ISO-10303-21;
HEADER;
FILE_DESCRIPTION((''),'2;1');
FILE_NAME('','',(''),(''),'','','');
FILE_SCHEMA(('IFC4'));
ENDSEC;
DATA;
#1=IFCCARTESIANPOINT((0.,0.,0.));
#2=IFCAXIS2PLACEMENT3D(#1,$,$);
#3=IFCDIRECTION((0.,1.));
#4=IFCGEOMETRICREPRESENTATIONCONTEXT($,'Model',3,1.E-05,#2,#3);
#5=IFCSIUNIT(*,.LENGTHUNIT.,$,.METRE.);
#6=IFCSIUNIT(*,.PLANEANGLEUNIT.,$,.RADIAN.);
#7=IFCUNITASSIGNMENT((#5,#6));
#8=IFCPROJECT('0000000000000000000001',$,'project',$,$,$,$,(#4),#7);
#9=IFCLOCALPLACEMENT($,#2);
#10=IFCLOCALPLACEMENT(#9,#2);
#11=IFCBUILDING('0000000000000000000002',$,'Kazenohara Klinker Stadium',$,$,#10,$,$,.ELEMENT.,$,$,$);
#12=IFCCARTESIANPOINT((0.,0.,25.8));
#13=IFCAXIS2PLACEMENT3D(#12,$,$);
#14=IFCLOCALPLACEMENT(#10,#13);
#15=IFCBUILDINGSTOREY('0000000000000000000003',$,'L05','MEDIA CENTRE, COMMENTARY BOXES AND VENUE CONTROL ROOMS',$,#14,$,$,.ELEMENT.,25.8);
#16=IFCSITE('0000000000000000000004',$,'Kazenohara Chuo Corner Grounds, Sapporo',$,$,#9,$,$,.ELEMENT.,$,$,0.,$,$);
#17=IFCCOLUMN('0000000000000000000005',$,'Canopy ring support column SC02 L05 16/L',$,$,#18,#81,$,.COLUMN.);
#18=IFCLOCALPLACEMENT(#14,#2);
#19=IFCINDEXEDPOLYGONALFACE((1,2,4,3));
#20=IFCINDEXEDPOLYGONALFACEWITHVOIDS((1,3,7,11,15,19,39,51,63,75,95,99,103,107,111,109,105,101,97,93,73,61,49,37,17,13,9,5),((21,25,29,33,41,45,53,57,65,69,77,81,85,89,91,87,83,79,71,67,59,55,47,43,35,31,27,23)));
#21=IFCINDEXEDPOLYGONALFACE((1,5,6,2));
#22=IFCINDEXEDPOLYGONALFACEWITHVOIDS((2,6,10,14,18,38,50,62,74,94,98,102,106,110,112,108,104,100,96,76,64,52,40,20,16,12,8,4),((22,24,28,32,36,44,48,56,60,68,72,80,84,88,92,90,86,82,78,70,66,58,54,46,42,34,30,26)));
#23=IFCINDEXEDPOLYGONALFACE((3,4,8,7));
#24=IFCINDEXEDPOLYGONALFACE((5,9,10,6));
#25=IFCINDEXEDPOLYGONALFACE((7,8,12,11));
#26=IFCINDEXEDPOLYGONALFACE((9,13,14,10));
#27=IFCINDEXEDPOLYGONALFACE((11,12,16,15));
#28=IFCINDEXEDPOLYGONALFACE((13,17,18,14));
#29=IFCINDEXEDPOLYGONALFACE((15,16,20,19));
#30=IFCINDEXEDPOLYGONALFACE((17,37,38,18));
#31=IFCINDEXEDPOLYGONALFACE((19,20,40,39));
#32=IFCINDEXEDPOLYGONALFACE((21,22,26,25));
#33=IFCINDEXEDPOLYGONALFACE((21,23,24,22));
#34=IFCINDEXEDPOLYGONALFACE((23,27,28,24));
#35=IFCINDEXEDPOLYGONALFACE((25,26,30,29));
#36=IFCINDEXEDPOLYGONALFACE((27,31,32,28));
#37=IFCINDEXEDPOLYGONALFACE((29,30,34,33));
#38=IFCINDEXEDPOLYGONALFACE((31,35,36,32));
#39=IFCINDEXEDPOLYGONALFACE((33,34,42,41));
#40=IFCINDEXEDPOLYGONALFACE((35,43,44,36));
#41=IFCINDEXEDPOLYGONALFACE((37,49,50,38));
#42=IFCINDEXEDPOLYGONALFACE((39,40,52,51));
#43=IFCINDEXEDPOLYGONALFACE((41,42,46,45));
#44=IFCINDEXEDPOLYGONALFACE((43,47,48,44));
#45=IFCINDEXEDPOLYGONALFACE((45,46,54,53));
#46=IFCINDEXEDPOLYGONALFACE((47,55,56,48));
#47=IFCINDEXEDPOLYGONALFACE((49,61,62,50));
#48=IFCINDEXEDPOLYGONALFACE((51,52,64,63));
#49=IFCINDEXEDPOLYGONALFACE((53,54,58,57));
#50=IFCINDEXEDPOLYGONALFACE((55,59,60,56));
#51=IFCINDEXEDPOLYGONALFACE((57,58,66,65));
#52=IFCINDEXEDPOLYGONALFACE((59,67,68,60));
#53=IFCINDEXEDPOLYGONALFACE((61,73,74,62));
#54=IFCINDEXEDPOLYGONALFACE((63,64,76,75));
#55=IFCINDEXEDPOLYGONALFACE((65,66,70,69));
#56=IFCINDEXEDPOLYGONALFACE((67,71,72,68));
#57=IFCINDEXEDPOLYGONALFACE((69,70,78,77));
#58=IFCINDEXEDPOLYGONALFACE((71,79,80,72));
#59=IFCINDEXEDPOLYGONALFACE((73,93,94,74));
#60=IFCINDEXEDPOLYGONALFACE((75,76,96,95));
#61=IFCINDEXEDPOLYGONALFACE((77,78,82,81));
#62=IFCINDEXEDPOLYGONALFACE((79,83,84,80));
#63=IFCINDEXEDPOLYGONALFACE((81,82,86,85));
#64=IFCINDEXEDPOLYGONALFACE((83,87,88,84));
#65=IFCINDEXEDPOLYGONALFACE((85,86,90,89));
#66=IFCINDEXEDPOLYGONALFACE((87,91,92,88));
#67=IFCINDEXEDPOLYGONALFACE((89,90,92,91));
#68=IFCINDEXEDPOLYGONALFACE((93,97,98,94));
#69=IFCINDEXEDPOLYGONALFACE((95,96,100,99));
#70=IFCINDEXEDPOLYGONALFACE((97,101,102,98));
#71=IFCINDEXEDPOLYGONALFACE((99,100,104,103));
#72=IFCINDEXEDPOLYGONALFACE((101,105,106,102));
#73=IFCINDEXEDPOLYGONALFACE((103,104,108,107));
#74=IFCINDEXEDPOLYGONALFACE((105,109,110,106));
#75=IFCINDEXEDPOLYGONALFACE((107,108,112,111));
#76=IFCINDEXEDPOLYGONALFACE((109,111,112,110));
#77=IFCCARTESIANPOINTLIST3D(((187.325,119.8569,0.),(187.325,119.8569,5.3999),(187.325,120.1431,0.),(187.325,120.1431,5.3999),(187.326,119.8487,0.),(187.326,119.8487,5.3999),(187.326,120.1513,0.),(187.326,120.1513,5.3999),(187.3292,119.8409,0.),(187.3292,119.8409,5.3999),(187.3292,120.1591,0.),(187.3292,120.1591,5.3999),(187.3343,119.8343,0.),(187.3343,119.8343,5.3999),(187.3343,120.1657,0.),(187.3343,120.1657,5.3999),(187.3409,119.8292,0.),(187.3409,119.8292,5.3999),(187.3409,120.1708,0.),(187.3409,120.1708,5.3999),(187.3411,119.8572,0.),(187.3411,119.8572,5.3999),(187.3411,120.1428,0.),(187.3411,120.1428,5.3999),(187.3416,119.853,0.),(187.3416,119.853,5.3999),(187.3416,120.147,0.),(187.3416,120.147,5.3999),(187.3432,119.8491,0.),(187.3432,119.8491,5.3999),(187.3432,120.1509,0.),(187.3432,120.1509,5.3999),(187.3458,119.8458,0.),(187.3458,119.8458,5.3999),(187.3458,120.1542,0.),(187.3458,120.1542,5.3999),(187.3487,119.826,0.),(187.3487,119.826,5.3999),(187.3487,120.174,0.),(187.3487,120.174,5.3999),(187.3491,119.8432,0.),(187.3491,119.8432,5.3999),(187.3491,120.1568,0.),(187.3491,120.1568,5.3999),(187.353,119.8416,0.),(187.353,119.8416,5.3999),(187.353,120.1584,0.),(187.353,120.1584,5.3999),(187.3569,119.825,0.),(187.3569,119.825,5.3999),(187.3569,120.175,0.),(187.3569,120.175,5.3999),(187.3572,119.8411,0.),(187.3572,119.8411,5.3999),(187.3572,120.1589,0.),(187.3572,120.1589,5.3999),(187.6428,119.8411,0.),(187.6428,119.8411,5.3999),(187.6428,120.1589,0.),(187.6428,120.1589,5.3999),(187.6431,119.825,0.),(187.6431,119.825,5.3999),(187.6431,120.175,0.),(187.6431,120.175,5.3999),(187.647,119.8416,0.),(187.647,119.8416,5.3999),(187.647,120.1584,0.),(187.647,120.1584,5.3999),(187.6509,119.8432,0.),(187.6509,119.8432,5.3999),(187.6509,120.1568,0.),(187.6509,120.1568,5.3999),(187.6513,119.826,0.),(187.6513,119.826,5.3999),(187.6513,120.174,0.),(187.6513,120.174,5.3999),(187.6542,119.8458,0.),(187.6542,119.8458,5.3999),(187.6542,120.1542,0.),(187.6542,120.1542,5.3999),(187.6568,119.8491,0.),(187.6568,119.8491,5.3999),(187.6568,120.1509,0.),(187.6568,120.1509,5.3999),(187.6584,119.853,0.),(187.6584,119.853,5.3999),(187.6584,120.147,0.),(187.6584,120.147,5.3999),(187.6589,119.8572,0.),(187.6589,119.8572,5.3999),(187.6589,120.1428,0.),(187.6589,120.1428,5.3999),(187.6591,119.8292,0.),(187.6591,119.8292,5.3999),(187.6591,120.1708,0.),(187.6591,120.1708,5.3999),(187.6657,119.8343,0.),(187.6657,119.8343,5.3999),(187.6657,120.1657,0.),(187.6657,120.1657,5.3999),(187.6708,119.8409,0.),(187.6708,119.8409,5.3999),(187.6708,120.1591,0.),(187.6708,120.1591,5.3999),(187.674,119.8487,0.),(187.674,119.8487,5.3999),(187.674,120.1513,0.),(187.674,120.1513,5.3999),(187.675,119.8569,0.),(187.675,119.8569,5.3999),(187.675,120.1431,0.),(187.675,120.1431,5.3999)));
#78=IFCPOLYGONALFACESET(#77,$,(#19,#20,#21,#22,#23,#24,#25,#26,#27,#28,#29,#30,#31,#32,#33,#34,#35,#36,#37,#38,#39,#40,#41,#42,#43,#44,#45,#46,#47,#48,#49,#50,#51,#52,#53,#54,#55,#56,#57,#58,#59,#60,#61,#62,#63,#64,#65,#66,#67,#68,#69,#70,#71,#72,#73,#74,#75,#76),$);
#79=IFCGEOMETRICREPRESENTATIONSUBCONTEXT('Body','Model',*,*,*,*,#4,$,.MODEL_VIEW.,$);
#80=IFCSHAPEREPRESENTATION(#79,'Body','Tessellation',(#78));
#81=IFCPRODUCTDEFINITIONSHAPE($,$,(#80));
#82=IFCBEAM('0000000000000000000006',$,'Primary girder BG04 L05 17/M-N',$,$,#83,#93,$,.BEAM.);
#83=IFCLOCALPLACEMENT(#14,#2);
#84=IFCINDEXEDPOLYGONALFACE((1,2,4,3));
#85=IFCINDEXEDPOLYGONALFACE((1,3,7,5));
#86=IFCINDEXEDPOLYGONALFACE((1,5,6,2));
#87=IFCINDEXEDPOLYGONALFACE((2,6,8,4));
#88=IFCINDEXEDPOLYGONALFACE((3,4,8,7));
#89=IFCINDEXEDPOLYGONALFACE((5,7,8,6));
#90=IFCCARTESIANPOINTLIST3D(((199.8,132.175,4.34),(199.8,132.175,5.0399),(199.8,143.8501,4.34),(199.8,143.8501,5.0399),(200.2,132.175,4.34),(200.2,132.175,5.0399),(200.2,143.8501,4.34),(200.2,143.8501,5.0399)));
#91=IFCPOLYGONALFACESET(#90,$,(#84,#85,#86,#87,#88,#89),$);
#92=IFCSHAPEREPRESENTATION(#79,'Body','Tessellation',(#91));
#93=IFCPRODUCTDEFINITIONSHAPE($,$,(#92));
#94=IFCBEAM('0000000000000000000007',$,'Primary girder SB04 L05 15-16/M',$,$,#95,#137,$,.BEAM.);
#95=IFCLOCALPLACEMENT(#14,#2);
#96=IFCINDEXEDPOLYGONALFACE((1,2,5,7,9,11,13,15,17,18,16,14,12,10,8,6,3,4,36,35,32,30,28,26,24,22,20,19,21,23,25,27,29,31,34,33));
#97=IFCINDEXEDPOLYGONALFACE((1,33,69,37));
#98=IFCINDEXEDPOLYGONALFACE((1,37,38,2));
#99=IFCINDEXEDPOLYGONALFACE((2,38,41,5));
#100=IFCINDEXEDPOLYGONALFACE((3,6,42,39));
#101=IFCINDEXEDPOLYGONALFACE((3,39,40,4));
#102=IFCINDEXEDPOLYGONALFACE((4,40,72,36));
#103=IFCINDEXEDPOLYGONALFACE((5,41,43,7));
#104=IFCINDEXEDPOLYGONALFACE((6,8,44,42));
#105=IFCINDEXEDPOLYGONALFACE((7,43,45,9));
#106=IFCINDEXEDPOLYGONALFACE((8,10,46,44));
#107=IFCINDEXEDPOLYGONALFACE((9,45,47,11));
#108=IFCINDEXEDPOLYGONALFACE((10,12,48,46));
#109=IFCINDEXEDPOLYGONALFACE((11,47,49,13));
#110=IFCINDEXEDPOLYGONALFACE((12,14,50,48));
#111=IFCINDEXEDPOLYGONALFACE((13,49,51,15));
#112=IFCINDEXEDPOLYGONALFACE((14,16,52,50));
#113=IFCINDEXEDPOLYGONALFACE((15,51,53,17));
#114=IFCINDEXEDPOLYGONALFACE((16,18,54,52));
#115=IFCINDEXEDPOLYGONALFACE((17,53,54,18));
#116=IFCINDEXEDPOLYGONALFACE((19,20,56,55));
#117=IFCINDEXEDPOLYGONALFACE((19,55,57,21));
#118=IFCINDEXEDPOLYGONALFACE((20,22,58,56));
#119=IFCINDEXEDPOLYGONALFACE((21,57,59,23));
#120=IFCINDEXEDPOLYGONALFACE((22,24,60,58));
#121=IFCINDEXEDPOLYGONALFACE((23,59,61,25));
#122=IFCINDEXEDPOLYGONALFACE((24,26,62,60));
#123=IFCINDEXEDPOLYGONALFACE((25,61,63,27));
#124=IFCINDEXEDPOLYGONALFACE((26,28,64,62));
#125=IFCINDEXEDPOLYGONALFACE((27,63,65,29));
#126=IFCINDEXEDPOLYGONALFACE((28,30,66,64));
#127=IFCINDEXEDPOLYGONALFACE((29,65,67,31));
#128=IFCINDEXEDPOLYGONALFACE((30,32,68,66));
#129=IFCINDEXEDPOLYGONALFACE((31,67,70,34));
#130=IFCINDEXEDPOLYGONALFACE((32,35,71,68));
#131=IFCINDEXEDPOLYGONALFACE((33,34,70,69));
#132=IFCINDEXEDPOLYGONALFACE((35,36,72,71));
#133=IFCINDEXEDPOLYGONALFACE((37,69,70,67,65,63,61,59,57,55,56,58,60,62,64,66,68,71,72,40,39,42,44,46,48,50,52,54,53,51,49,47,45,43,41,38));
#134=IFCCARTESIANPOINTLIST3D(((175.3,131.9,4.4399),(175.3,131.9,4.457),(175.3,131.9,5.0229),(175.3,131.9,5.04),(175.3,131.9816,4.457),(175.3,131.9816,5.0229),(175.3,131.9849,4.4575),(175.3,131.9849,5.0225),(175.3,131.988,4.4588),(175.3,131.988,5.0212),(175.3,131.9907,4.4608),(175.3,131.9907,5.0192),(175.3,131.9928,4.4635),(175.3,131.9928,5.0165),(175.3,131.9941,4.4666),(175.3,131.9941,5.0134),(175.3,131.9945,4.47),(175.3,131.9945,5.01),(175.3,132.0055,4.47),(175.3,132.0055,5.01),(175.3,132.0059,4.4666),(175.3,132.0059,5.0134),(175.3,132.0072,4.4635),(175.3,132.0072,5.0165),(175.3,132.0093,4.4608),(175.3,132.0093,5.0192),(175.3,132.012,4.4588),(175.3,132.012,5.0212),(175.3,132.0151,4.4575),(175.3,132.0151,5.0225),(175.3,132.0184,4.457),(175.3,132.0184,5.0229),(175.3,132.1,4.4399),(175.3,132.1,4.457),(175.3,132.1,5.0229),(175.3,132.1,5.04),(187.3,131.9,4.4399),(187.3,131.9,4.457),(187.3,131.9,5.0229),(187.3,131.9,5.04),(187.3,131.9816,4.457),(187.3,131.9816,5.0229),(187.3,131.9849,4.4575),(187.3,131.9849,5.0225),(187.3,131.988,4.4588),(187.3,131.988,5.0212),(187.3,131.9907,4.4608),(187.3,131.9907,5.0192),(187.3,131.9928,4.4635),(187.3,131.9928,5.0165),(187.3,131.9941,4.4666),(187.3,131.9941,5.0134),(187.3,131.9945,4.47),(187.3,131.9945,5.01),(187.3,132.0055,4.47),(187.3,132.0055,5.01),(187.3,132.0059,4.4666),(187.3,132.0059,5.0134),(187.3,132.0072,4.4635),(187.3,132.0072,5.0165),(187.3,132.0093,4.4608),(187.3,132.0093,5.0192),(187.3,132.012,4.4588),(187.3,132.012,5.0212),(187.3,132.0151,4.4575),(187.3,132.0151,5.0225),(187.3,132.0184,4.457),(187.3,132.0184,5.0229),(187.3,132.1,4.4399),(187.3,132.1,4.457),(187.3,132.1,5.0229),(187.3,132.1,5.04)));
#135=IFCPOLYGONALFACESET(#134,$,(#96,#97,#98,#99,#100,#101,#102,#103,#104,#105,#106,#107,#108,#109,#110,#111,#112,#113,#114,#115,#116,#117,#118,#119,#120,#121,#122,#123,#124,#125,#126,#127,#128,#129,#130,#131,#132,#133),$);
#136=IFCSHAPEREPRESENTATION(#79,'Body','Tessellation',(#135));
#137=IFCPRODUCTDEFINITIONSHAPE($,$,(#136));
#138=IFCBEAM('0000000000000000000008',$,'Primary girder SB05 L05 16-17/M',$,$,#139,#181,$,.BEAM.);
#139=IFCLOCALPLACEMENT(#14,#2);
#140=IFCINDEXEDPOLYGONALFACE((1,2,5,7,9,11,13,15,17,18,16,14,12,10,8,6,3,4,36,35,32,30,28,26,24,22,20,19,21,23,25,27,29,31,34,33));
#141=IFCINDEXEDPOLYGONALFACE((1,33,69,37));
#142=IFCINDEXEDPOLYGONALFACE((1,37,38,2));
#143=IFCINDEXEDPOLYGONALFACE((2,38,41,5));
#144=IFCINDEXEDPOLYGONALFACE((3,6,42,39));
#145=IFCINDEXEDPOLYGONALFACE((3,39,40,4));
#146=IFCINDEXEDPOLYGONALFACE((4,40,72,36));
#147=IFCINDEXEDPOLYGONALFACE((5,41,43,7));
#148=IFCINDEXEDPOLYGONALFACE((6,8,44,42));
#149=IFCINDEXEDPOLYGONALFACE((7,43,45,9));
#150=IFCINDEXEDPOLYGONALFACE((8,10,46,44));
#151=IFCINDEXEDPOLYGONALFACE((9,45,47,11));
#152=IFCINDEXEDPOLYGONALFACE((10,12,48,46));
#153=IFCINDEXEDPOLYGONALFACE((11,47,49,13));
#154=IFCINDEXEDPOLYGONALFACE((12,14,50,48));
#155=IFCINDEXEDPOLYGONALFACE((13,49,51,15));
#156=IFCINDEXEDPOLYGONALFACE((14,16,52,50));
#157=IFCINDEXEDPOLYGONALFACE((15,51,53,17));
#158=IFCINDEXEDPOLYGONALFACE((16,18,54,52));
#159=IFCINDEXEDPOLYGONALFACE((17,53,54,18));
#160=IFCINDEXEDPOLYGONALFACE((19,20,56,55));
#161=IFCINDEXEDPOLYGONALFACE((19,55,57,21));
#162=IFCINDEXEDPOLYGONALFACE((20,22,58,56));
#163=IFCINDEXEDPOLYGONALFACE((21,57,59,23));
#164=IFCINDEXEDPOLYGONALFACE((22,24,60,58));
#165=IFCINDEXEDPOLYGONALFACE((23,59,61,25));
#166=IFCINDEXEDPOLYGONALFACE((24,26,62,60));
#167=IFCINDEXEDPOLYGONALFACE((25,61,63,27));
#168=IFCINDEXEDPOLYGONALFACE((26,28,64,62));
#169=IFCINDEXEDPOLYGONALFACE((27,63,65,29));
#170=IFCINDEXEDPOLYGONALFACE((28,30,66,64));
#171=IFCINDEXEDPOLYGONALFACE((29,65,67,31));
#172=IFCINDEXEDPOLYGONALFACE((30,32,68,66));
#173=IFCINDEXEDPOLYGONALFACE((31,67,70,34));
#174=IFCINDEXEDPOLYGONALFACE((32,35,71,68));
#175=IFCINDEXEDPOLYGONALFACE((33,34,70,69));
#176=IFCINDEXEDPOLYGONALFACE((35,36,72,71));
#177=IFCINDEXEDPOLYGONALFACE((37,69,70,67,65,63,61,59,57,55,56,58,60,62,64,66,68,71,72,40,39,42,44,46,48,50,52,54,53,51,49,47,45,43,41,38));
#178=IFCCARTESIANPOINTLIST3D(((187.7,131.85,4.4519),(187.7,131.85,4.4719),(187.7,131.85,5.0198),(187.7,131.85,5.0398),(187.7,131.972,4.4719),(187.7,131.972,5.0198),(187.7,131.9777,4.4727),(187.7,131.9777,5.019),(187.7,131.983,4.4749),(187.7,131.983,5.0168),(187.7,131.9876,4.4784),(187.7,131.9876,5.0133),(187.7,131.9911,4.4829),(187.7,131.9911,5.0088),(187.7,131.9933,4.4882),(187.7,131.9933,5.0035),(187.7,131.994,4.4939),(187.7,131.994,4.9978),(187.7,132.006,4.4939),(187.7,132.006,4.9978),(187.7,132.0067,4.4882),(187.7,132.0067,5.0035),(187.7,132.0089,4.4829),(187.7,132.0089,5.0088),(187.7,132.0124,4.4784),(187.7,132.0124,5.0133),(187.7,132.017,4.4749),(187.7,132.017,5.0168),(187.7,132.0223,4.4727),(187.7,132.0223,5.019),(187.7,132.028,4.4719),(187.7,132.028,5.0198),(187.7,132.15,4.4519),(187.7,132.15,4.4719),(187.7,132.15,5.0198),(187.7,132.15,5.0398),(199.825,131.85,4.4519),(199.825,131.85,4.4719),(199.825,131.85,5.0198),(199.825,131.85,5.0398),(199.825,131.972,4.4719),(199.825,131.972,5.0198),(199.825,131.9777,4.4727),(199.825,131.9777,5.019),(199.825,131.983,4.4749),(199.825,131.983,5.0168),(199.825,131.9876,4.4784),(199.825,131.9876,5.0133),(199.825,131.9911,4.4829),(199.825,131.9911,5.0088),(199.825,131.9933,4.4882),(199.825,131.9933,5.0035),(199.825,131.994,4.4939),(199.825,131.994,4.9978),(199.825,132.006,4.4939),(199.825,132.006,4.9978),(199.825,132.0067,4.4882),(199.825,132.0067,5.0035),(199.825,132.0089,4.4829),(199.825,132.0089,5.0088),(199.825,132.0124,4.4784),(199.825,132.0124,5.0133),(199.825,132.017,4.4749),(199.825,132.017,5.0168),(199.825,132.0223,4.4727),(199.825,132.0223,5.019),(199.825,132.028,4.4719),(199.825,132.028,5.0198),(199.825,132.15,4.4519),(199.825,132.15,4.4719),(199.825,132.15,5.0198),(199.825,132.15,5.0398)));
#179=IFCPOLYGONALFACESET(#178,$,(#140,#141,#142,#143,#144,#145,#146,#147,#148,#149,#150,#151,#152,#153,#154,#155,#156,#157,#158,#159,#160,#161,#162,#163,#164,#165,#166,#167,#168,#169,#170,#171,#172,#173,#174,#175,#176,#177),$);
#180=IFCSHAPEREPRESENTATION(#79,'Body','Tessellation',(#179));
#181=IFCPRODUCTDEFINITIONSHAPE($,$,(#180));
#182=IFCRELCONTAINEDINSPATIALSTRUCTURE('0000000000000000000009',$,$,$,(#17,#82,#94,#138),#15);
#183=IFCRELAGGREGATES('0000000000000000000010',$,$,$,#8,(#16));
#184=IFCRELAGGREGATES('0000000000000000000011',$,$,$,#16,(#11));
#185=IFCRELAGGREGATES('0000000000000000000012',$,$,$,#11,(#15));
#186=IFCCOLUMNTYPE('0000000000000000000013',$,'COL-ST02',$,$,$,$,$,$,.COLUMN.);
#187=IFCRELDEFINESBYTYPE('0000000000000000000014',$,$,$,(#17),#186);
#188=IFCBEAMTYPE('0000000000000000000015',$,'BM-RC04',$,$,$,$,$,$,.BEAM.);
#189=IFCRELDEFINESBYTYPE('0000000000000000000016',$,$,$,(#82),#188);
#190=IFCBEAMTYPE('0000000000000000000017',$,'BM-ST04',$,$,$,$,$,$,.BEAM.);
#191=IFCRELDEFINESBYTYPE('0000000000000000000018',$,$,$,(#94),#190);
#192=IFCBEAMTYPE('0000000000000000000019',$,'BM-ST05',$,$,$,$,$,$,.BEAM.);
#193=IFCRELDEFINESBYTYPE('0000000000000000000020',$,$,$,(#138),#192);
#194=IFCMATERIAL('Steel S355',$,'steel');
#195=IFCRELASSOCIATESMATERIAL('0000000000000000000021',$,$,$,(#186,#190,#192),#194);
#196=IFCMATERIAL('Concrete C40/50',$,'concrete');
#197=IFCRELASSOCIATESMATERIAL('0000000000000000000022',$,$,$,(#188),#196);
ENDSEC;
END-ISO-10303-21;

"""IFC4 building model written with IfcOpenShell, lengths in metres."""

from ifc_helpers import new_model, si_unit, direction, frame, origin, origin_2d, place, context, subcontext, project, spatial, rectangle, hollow_rectangle, i_section, extrude, material, material_profile, profile_set, type_object, element, save


model = new_model("IFC4")

# Units and contexts
model_context = context("Model", 3, precision=1e-05, world=origin(), true_north=direction((0.0, 1.0)))
body_context = subcontext(model_context, "Body", "Model", "MODEL_VIEW")
ifc_project = project(units=[si_unit("LENGTHUNIT", "METRE"), si_unit("PLANEANGLEUNIT", "RADIAN")], contexts=[model_context])

# Site, building, storey
site_placement = place(None, origin())
site = spatial("IfcSite", under=ifc_project, at=site_placement, Name="Kazenohara Chuo Corner Grounds, Sapporo", CompositionType="ELEMENT", RefElevation=0.0)
building_placement = place(site_placement, origin())
building = spatial("IfcBuilding", under=site, at=building_placement, Name="Kazenohara Klinker Stadium", CompositionType="ELEMENT")
storey_placement = place(building_placement, frame((0.0, 0.0, 25.8)))
storey = spatial("IfcBuildingStorey", under=building, at=storey_placement, Name="L05", Description="MEDIA CENTRE, COMMENTARY BOXES AND VENUE CONTROL ROOMS", CompositionType="ELEMENT", Elevation=25.8)

# Column
ifc_material_1 = material(Name="Concrete C40/50", Category="concrete")
ifc_material_2 = material(Name="Steel S355", Category="steel")
ifc_material_profile_1 = material_profile(ifc_material_2, hollow_rectangle(XDim=0.3501, YDim=0.3501, WallThickness=0.0161, InnerFilletRadius=0.0161, OuterFilletRadius=0.032, at=origin_2d()), Name="SHS-350x350x16")
ifc_profile_set_1 = profile_set([ifc_material_profile_1], Name="Steel S355")
column_type_1 = type_object("IfcColumnType", Name="COL-ST02", PredefinedType="COLUMN", material=ifc_profile_set_1)
for number, where, z_axis, x_axis, name in (
    (1, (187.5, 120.0, 0.0), (0.0, 0.0, 1.0), (1.0, 0.0, 0.0), "Canopy ring support column SC02 L05 16/L"),
):
    element("IfcColumn", number, at=place(storey_placement, frame(where, z_axis=z_axis, x_axis=x_axis)), inside=storey, type_object=column_type_1, Name=name, PredefinedType="COLUMN", context=body_context, shape_type="SweptSolid", body=[
        extrude(hollow_rectangle(XDim=0.3501, YDim=0.3501, WallThickness=0.0161, InnerFilletRadius=0.0161, OuterFilletRadius=0.032, at=origin_2d()), origin(), (0.0, 0.0, 1.0), 5.3999),
    ])

# Beams
ifc_material_profile_2 = material_profile(ifc_material_1, rectangle(XDim=0.3999, YDim=0.7, at=origin_2d()), Name="RC-BM-400x700")
ifc_profile_set_2 = profile_set([ifc_material_profile_2], Name="Concrete C40/50")
beam_type_1 = type_object("IfcBeamType", Name="BM-RC04", PredefinedType="BEAM", material=ifc_profile_set_2)
beam_1_placement = place(storey_placement, frame((200.0, 132.175, 4.6899), z_axis=(0.0, 1.0, 0.0), x_axis=(-1.0, 0.0, 0.0)))
element("IfcBeam", 2, at=beam_1_placement, inside=storey, type_object=beam_type_1, Name="Primary girder BG04 L05 17/M-N", PredefinedType="BEAM", context=body_context, shape_type="SweptSolid", body=[
    extrude(rectangle(XDim=0.3999, YDim=0.7, at=origin_2d()), origin(), (0.0, 0.0, 1.0), 11.675),
])
ifc_material_profile_3 = material_profile(ifc_material_2, i_section(OverallWidth=0.2, OverallDepth=0.6001, WebThickness=0.011, FlangeThickness=0.0171, FilletRadius=0.0129, at=origin_2d()), Name="H-600x200x11x17")
ifc_profile_set_3 = profile_set([ifc_material_profile_3], Name="Steel S355")
beam_type_2 = type_object("IfcBeamType", Name="BM-ST04", PredefinedType="BEAM", material=ifc_profile_set_3)
beam_2_placement = place(storey_placement, frame((175.3, 132.0, 4.74), z_axis=(1.0, 0.0, 0.0), x_axis=(0.0, 1.0, 0.0)))
element("IfcBeam", 3, at=beam_2_placement, inside=storey, type_object=beam_type_2, Name="Primary girder SB04 L05 15-16/M", PredefinedType="BEAM", context=body_context, shape_type="SweptSolid", body=[
    extrude(i_section(OverallWidth=0.2, OverallDepth=0.6001, WebThickness=0.011, FlangeThickness=0.0171, FilletRadius=0.0129, at=origin_2d()), origin(), (0.0, 0.0, 1.0), 12.0),
])
ifc_material_profile_4 = material_profile(ifc_material_2, i_section(OverallWidth=0.3, OverallDepth=0.5879, WebThickness=0.012, FlangeThickness=0.02, FilletRadius=0.022, at=origin_2d()), Name="H-588x300x12x20")
ifc_profile_set_4 = profile_set([ifc_material_profile_4], Name="Steel S355")
beam_type_3 = type_object("IfcBeamType", Name="BM-ST05", PredefinedType="BEAM", material=ifc_profile_set_4)
beam_3_placement = place(storey_placement, frame((187.7, 132.0, 4.7458), z_axis=(1.0, 0.0, 0.0), x_axis=(0.0, 1.0, 0.0)))
element("IfcBeam", 4, at=beam_3_placement, inside=storey, type_object=beam_type_3, Name="Primary girder SB05 L05 16-17/M", PredefinedType="BEAM", context=body_context, shape_type="SweptSolid", body=[
    extrude(i_section(OverallWidth=0.3, OverallDepth=0.5879, WebThickness=0.012, FlangeThickness=0.02, FilletRadius=0.022, at=origin_2d()), origin(), (0.0, 0.0, 1.0), 12.125),
])

save(model, "model.ifc")
